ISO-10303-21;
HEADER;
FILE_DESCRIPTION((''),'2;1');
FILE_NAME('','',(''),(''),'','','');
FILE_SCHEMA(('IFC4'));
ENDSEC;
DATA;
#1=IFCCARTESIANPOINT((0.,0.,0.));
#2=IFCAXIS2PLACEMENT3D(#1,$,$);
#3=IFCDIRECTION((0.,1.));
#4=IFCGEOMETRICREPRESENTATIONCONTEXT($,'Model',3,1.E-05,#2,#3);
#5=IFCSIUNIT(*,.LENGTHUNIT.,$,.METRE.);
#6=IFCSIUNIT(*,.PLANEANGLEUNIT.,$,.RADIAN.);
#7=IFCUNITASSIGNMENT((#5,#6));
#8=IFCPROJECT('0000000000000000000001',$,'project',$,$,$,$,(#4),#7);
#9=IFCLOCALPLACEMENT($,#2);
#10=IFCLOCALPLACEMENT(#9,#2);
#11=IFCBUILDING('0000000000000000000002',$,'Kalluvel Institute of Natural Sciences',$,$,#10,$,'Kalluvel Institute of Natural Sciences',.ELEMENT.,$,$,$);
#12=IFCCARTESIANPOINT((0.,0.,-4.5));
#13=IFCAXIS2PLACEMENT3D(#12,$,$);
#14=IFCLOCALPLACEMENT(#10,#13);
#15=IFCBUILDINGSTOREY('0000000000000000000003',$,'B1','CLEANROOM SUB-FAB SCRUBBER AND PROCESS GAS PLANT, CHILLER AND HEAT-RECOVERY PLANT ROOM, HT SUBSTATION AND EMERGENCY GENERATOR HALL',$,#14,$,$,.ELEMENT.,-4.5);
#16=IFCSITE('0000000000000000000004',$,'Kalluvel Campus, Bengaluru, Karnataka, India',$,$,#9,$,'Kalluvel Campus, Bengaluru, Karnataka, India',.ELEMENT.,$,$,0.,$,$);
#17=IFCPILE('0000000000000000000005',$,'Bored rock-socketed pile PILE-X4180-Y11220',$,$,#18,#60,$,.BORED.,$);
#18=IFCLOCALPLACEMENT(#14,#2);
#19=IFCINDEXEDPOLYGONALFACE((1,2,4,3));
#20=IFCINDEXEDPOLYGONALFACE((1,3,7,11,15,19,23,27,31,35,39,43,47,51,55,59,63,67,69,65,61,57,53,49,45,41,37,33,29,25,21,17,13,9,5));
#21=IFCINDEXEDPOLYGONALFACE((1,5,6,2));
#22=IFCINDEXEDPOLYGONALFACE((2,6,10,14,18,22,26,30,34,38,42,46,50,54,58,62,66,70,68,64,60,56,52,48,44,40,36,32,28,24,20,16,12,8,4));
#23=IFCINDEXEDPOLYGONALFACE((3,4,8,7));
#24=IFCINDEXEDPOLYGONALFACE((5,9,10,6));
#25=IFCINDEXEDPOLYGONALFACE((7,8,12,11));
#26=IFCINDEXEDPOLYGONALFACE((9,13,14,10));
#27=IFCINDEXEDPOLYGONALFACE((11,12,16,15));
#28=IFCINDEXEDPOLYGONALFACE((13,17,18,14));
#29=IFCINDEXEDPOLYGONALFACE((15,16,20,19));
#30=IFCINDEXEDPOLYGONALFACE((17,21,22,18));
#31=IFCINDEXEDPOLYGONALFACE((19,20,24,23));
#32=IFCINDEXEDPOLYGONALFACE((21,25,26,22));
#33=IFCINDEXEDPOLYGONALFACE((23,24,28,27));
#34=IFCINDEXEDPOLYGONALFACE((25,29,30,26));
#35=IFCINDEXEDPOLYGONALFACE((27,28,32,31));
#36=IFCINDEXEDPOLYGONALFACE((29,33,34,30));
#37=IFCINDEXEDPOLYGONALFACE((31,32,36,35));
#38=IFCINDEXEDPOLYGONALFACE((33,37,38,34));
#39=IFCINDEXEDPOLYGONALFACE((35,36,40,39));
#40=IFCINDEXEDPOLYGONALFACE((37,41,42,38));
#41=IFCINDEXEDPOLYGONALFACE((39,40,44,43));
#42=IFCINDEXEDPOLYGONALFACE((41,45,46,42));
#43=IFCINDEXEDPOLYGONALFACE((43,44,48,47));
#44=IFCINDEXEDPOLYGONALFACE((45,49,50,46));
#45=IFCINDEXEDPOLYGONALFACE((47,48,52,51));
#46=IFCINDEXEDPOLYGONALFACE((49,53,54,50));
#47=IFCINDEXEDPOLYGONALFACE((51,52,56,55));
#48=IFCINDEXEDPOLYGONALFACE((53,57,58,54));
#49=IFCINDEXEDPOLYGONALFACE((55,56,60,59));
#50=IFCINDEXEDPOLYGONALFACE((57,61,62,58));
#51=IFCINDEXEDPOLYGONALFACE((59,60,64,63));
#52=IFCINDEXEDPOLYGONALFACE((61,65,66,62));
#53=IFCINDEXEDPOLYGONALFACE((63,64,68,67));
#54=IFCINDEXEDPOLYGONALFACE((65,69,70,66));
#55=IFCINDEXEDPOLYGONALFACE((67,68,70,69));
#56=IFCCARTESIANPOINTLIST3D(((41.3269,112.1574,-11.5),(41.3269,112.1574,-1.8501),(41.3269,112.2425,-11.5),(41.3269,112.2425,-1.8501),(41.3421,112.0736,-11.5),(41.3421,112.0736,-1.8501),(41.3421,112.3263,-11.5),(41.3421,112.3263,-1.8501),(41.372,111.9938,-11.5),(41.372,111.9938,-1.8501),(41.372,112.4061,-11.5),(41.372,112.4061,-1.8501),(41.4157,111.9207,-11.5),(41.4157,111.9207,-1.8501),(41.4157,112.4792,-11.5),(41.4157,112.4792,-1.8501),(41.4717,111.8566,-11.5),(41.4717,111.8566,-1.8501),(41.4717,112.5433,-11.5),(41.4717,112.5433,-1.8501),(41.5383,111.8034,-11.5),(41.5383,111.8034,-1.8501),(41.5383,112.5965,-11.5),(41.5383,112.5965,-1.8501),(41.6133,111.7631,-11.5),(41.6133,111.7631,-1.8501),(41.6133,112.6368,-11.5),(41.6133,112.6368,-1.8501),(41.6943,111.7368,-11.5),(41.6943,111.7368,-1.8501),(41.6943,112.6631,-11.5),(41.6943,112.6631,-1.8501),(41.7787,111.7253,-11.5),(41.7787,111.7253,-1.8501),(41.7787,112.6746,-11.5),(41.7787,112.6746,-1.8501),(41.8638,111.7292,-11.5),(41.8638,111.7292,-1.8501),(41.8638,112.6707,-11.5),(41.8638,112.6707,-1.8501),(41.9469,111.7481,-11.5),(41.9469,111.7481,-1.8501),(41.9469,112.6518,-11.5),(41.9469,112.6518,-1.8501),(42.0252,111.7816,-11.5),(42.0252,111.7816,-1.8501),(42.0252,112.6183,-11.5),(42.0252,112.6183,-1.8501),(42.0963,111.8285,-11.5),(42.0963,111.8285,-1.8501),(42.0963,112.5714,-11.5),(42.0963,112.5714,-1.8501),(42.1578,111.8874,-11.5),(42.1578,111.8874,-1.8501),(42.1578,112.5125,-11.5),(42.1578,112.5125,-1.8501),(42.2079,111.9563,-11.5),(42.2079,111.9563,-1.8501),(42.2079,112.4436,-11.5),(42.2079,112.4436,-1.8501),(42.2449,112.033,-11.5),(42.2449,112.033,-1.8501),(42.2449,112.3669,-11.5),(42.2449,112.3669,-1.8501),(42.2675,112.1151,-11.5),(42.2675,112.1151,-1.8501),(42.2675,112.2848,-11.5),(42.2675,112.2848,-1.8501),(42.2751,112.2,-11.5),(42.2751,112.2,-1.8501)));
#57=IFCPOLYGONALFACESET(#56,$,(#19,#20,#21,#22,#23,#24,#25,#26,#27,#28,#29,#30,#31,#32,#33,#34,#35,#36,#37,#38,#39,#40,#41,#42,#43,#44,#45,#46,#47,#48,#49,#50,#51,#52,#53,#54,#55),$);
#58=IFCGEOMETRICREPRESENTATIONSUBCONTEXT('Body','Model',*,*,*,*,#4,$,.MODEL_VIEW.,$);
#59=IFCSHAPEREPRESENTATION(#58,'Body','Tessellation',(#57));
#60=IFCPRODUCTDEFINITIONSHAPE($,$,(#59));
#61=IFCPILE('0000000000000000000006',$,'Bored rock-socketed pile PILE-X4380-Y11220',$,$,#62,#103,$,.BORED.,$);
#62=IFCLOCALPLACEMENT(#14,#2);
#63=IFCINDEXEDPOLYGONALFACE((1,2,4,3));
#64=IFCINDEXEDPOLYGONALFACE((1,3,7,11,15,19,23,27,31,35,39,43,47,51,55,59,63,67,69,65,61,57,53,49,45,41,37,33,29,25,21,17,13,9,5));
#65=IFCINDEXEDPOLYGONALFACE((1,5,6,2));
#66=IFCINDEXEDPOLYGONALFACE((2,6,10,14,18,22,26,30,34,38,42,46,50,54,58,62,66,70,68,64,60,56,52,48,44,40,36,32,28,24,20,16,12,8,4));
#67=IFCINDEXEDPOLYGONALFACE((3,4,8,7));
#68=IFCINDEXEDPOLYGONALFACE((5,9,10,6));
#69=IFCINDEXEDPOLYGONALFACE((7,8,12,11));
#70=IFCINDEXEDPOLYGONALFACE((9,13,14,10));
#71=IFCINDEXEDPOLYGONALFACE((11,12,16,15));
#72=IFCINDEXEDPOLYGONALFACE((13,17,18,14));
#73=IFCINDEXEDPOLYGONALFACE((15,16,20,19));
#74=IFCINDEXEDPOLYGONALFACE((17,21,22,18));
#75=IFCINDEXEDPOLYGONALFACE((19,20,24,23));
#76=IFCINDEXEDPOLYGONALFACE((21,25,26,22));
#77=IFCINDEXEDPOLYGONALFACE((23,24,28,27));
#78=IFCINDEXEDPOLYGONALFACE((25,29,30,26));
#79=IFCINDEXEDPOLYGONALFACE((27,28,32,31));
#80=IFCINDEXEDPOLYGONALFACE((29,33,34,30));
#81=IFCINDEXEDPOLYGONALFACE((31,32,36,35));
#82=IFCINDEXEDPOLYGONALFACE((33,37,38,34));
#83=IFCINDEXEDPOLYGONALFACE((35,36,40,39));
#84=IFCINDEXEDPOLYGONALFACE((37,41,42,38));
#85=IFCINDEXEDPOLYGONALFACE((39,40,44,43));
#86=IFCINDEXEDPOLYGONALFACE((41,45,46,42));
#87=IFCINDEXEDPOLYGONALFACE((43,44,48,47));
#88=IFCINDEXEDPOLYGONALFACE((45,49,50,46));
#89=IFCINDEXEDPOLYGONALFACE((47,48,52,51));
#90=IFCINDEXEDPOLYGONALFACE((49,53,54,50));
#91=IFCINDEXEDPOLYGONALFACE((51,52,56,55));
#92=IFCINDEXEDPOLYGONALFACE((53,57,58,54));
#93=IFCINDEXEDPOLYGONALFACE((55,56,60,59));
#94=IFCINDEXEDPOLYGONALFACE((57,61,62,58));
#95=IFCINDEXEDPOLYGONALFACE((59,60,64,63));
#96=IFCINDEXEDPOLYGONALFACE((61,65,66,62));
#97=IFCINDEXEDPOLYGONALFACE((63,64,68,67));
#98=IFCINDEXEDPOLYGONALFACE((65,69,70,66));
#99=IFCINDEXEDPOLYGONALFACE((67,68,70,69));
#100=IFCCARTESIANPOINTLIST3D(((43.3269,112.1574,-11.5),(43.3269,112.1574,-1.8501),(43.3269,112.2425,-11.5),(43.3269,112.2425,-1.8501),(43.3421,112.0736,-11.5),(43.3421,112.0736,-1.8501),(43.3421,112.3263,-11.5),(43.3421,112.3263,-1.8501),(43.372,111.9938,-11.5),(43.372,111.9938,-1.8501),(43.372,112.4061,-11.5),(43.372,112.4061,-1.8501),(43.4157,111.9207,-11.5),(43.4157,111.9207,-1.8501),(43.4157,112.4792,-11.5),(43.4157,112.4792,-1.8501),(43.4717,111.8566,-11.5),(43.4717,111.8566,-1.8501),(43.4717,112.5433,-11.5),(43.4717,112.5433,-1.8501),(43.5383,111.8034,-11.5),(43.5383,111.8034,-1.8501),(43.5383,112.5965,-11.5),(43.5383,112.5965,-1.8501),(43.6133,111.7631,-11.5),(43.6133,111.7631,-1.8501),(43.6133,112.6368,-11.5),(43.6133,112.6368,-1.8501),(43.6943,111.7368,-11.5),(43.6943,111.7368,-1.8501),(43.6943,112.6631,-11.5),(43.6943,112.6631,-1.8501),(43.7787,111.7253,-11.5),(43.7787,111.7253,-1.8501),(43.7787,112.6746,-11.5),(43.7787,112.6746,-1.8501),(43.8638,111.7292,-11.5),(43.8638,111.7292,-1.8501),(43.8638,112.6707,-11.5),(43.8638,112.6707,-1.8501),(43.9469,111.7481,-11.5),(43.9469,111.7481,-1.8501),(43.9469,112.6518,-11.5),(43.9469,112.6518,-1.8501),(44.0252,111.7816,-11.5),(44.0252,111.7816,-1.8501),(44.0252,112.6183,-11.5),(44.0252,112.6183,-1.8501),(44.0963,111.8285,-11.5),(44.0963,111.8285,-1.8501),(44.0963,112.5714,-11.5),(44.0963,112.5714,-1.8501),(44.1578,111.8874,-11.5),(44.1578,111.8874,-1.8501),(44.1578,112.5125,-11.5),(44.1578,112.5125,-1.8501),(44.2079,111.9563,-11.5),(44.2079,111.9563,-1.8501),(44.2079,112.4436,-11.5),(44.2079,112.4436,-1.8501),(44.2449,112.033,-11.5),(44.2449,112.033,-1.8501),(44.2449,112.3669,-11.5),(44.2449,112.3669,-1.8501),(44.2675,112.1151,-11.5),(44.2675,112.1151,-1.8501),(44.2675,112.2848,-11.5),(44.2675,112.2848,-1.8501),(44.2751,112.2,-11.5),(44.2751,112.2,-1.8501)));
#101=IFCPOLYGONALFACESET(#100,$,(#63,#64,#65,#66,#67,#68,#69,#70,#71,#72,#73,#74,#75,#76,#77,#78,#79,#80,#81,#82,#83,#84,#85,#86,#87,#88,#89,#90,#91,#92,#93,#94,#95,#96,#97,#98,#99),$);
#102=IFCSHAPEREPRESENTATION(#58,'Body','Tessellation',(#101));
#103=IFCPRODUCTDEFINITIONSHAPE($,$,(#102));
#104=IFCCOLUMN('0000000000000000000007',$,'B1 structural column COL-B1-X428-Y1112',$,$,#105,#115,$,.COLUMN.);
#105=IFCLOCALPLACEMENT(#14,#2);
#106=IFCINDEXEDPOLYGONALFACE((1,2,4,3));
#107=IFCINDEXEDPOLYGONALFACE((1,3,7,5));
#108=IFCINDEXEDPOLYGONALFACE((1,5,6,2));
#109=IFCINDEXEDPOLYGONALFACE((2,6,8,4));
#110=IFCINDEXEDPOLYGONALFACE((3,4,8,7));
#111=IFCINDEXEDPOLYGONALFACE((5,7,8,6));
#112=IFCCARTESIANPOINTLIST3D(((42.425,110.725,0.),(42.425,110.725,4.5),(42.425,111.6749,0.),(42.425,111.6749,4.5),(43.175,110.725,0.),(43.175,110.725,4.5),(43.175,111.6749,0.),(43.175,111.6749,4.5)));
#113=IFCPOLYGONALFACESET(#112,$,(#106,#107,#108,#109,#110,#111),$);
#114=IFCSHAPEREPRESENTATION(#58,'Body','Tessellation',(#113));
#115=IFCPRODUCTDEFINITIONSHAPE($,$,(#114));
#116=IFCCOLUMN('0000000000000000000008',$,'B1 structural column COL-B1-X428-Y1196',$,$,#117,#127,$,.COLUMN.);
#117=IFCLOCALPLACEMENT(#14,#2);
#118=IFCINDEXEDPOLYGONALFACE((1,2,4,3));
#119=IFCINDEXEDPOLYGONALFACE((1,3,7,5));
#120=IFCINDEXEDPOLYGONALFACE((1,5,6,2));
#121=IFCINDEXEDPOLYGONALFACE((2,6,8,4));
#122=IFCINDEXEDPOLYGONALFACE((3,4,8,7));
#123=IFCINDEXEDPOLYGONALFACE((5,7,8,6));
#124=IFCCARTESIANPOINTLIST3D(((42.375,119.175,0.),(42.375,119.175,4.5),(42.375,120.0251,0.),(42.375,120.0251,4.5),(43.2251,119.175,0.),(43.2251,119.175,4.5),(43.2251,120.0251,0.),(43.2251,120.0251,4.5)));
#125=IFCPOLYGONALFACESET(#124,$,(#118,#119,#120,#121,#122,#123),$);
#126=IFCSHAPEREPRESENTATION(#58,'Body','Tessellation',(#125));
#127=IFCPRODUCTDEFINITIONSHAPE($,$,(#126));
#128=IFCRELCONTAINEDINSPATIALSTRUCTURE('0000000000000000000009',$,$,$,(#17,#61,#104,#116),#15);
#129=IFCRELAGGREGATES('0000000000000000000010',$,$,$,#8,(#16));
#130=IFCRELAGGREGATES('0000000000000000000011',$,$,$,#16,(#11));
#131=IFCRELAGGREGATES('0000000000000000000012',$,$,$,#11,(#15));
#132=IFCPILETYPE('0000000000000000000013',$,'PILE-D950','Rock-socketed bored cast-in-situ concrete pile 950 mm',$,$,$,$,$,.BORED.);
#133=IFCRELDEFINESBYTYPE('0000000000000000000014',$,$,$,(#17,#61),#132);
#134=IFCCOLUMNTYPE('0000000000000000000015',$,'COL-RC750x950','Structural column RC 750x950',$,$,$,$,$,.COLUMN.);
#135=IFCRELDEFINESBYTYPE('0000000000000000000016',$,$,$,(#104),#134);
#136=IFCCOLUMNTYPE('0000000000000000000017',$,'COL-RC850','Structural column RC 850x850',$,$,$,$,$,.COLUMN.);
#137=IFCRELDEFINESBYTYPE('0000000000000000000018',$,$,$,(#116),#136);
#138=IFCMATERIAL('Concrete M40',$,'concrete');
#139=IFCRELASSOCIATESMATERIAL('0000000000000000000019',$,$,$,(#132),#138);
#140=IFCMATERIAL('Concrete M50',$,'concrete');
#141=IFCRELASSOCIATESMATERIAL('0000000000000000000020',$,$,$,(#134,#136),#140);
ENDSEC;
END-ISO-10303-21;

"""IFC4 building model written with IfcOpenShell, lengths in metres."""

from ifc_helpers import new_model, si_unit, direction, frame, origin, origin_2d, place, context, subcontext, project, spatial, rectangle, circle, extrude, material, material_profile, profile_set, type_object, element, save


model = new_model("IFC4")

# Units and contexts
model_context = context("Model", 3, precision=1e-05, world=origin(), true_north=direction((0.0, 1.0)))
body_context = subcontext(model_context, "Body", "Model", "MODEL_VIEW")
ifc_project = project(units=[si_unit("LENGTHUNIT", "METRE"), si_unit("PLANEANGLEUNIT", "RADIAN")], contexts=[model_context])

# Site, building, storey
site_placement = place(None, origin())
site = spatial("IfcSite", under=ifc_project, at=site_placement, Name="Kalluvel Campus, Bengaluru, Karnataka, India", LongName="Kalluvel Campus, Bengaluru, Karnataka, India", CompositionType="ELEMENT", RefElevation=0.0)
building_placement = place(site_placement, origin())
building = spatial("IfcBuilding", under=site, at=building_placement, Name="Kalluvel Institute of Natural Sciences", LongName="Kalluvel Institute of Natural Sciences", CompositionType="ELEMENT")
storey_placement = place(building_placement, frame((0.0, 0.0, -4.5)))
storey = spatial("IfcBuildingStorey", under=building, at=storey_placement, Name="B1", Description="CLEANROOM SUB-FAB SCRUBBER AND PROCESS GAS PLANT, CHILLER AND HEAT-RECOVERY PLANT ROOM, HT SUBSTATION AND EMERGENCY GENERATOR HALL", CompositionType="ELEMENT", Elevation=-4.5)

# Shared definitions
ifc_material_1 = material(Name="Concrete M40", Category="concrete")

# Piles
ifc_material_profile_1 = material_profile(ifc_material_1, circle(Radius=0.4751, at=origin_2d()), Name="PILE D950")
ifc_profile_set_1 = profile_set([ifc_material_profile_1], Name="Concrete M40")
pile_type_1 = type_object("IfcPileType", Name="PILE-D950", Description="Rock-socketed bored cast-in-situ concrete pile 950 mm", PredefinedType="BORED", material=ifc_profile_set_1)
for number, where, z_axis, x_axis, name in (
    (1, (41.8, 112.2, -1.8501), (0.0, 0.0, -1.0), (1.0, 0.0, 0.0), "Bored rock-socketed pile PILE-X4180-Y11220"),
    (2, (43.8, 112.2, -1.8501), (0.0, 0.0, -1.0), (1.0, 0.0, 0.0), "Bored rock-socketed pile PILE-X4380-Y11220"),
):
    element("IfcPile", number, at=place(storey_placement, frame(where, z_axis=z_axis, x_axis=x_axis)), inside=storey, type_object=pile_type_1, Name=name, PredefinedType="BORED", context=body_context, shape_type="SweptSolid", body=[
        extrude(circle(Radius=0.4751, at=origin_2d()), origin(), (0.0, 0.0, 1.0), 9.6499),
    ])

# Columns
ifc_material_2 = material(Name="Concrete M50", Category="concrete")
ifc_material_profile_2 = material_profile(ifc_material_2, rectangle(XDim=0.75, YDim=0.95, at=origin_2d()), Name="RC 750x950")
ifc_profile_set_2 = profile_set([ifc_material_profile_2], Name="Concrete M50")
column_type_1 = type_object("IfcColumnType", Name="COL-RC750x950", Description="Structural column RC 750x950", PredefinedType="COLUMN", material=ifc_profile_set_2)
column_1_placement = place(storey_placement, frame((42.8, 111.2, 0.0), z_axis=(0.0, 0.0, 1.0), x_axis=(1.0, 0.0, 0.0)))
element("IfcColumn", 3, at=column_1_placement, inside=storey, type_object=column_type_1, Name="B1 structural column COL-B1-X428-Y1112", PredefinedType="COLUMN", context=body_context, shape_type="SweptSolid", body=[
    extrude(rectangle(XDim=0.75, YDim=0.95, at=origin_2d()), origin(), (0.0, 0.0, 1.0), 4.5),
])
ifc_material_profile_3 = material_profile(ifc_material_2, rectangle(XDim=0.8501, YDim=0.8501, at=origin_2d()), Name="RC 850x850")
ifc_profile_set_3 = profile_set([ifc_material_profile_3], Name="Concrete M50")
column_type_2 = type_object("IfcColumnType", Name="COL-RC850", Description="Structural column RC 850x850", PredefinedType="COLUMN", material=ifc_profile_set_3)
column_2_placement = place(storey_placement, frame((42.8, 119.6001, 0.0), z_axis=(0.0, 0.0, 1.0), x_axis=(1.0, 0.0, 0.0)))
element("IfcColumn", 4, at=column_2_placement, inside=storey, type_object=column_type_2, Name="B1 structural column COL-B1-X428-Y1196", PredefinedType="COLUMN", context=body_context, shape_type="SweptSolid", body=[
    extrude(rectangle(XDim=0.8501, YDim=0.8501, at=origin_2d()), origin(), (0.0, 0.0, 1.0), 4.5),
])

save(model, "model.ifc")
